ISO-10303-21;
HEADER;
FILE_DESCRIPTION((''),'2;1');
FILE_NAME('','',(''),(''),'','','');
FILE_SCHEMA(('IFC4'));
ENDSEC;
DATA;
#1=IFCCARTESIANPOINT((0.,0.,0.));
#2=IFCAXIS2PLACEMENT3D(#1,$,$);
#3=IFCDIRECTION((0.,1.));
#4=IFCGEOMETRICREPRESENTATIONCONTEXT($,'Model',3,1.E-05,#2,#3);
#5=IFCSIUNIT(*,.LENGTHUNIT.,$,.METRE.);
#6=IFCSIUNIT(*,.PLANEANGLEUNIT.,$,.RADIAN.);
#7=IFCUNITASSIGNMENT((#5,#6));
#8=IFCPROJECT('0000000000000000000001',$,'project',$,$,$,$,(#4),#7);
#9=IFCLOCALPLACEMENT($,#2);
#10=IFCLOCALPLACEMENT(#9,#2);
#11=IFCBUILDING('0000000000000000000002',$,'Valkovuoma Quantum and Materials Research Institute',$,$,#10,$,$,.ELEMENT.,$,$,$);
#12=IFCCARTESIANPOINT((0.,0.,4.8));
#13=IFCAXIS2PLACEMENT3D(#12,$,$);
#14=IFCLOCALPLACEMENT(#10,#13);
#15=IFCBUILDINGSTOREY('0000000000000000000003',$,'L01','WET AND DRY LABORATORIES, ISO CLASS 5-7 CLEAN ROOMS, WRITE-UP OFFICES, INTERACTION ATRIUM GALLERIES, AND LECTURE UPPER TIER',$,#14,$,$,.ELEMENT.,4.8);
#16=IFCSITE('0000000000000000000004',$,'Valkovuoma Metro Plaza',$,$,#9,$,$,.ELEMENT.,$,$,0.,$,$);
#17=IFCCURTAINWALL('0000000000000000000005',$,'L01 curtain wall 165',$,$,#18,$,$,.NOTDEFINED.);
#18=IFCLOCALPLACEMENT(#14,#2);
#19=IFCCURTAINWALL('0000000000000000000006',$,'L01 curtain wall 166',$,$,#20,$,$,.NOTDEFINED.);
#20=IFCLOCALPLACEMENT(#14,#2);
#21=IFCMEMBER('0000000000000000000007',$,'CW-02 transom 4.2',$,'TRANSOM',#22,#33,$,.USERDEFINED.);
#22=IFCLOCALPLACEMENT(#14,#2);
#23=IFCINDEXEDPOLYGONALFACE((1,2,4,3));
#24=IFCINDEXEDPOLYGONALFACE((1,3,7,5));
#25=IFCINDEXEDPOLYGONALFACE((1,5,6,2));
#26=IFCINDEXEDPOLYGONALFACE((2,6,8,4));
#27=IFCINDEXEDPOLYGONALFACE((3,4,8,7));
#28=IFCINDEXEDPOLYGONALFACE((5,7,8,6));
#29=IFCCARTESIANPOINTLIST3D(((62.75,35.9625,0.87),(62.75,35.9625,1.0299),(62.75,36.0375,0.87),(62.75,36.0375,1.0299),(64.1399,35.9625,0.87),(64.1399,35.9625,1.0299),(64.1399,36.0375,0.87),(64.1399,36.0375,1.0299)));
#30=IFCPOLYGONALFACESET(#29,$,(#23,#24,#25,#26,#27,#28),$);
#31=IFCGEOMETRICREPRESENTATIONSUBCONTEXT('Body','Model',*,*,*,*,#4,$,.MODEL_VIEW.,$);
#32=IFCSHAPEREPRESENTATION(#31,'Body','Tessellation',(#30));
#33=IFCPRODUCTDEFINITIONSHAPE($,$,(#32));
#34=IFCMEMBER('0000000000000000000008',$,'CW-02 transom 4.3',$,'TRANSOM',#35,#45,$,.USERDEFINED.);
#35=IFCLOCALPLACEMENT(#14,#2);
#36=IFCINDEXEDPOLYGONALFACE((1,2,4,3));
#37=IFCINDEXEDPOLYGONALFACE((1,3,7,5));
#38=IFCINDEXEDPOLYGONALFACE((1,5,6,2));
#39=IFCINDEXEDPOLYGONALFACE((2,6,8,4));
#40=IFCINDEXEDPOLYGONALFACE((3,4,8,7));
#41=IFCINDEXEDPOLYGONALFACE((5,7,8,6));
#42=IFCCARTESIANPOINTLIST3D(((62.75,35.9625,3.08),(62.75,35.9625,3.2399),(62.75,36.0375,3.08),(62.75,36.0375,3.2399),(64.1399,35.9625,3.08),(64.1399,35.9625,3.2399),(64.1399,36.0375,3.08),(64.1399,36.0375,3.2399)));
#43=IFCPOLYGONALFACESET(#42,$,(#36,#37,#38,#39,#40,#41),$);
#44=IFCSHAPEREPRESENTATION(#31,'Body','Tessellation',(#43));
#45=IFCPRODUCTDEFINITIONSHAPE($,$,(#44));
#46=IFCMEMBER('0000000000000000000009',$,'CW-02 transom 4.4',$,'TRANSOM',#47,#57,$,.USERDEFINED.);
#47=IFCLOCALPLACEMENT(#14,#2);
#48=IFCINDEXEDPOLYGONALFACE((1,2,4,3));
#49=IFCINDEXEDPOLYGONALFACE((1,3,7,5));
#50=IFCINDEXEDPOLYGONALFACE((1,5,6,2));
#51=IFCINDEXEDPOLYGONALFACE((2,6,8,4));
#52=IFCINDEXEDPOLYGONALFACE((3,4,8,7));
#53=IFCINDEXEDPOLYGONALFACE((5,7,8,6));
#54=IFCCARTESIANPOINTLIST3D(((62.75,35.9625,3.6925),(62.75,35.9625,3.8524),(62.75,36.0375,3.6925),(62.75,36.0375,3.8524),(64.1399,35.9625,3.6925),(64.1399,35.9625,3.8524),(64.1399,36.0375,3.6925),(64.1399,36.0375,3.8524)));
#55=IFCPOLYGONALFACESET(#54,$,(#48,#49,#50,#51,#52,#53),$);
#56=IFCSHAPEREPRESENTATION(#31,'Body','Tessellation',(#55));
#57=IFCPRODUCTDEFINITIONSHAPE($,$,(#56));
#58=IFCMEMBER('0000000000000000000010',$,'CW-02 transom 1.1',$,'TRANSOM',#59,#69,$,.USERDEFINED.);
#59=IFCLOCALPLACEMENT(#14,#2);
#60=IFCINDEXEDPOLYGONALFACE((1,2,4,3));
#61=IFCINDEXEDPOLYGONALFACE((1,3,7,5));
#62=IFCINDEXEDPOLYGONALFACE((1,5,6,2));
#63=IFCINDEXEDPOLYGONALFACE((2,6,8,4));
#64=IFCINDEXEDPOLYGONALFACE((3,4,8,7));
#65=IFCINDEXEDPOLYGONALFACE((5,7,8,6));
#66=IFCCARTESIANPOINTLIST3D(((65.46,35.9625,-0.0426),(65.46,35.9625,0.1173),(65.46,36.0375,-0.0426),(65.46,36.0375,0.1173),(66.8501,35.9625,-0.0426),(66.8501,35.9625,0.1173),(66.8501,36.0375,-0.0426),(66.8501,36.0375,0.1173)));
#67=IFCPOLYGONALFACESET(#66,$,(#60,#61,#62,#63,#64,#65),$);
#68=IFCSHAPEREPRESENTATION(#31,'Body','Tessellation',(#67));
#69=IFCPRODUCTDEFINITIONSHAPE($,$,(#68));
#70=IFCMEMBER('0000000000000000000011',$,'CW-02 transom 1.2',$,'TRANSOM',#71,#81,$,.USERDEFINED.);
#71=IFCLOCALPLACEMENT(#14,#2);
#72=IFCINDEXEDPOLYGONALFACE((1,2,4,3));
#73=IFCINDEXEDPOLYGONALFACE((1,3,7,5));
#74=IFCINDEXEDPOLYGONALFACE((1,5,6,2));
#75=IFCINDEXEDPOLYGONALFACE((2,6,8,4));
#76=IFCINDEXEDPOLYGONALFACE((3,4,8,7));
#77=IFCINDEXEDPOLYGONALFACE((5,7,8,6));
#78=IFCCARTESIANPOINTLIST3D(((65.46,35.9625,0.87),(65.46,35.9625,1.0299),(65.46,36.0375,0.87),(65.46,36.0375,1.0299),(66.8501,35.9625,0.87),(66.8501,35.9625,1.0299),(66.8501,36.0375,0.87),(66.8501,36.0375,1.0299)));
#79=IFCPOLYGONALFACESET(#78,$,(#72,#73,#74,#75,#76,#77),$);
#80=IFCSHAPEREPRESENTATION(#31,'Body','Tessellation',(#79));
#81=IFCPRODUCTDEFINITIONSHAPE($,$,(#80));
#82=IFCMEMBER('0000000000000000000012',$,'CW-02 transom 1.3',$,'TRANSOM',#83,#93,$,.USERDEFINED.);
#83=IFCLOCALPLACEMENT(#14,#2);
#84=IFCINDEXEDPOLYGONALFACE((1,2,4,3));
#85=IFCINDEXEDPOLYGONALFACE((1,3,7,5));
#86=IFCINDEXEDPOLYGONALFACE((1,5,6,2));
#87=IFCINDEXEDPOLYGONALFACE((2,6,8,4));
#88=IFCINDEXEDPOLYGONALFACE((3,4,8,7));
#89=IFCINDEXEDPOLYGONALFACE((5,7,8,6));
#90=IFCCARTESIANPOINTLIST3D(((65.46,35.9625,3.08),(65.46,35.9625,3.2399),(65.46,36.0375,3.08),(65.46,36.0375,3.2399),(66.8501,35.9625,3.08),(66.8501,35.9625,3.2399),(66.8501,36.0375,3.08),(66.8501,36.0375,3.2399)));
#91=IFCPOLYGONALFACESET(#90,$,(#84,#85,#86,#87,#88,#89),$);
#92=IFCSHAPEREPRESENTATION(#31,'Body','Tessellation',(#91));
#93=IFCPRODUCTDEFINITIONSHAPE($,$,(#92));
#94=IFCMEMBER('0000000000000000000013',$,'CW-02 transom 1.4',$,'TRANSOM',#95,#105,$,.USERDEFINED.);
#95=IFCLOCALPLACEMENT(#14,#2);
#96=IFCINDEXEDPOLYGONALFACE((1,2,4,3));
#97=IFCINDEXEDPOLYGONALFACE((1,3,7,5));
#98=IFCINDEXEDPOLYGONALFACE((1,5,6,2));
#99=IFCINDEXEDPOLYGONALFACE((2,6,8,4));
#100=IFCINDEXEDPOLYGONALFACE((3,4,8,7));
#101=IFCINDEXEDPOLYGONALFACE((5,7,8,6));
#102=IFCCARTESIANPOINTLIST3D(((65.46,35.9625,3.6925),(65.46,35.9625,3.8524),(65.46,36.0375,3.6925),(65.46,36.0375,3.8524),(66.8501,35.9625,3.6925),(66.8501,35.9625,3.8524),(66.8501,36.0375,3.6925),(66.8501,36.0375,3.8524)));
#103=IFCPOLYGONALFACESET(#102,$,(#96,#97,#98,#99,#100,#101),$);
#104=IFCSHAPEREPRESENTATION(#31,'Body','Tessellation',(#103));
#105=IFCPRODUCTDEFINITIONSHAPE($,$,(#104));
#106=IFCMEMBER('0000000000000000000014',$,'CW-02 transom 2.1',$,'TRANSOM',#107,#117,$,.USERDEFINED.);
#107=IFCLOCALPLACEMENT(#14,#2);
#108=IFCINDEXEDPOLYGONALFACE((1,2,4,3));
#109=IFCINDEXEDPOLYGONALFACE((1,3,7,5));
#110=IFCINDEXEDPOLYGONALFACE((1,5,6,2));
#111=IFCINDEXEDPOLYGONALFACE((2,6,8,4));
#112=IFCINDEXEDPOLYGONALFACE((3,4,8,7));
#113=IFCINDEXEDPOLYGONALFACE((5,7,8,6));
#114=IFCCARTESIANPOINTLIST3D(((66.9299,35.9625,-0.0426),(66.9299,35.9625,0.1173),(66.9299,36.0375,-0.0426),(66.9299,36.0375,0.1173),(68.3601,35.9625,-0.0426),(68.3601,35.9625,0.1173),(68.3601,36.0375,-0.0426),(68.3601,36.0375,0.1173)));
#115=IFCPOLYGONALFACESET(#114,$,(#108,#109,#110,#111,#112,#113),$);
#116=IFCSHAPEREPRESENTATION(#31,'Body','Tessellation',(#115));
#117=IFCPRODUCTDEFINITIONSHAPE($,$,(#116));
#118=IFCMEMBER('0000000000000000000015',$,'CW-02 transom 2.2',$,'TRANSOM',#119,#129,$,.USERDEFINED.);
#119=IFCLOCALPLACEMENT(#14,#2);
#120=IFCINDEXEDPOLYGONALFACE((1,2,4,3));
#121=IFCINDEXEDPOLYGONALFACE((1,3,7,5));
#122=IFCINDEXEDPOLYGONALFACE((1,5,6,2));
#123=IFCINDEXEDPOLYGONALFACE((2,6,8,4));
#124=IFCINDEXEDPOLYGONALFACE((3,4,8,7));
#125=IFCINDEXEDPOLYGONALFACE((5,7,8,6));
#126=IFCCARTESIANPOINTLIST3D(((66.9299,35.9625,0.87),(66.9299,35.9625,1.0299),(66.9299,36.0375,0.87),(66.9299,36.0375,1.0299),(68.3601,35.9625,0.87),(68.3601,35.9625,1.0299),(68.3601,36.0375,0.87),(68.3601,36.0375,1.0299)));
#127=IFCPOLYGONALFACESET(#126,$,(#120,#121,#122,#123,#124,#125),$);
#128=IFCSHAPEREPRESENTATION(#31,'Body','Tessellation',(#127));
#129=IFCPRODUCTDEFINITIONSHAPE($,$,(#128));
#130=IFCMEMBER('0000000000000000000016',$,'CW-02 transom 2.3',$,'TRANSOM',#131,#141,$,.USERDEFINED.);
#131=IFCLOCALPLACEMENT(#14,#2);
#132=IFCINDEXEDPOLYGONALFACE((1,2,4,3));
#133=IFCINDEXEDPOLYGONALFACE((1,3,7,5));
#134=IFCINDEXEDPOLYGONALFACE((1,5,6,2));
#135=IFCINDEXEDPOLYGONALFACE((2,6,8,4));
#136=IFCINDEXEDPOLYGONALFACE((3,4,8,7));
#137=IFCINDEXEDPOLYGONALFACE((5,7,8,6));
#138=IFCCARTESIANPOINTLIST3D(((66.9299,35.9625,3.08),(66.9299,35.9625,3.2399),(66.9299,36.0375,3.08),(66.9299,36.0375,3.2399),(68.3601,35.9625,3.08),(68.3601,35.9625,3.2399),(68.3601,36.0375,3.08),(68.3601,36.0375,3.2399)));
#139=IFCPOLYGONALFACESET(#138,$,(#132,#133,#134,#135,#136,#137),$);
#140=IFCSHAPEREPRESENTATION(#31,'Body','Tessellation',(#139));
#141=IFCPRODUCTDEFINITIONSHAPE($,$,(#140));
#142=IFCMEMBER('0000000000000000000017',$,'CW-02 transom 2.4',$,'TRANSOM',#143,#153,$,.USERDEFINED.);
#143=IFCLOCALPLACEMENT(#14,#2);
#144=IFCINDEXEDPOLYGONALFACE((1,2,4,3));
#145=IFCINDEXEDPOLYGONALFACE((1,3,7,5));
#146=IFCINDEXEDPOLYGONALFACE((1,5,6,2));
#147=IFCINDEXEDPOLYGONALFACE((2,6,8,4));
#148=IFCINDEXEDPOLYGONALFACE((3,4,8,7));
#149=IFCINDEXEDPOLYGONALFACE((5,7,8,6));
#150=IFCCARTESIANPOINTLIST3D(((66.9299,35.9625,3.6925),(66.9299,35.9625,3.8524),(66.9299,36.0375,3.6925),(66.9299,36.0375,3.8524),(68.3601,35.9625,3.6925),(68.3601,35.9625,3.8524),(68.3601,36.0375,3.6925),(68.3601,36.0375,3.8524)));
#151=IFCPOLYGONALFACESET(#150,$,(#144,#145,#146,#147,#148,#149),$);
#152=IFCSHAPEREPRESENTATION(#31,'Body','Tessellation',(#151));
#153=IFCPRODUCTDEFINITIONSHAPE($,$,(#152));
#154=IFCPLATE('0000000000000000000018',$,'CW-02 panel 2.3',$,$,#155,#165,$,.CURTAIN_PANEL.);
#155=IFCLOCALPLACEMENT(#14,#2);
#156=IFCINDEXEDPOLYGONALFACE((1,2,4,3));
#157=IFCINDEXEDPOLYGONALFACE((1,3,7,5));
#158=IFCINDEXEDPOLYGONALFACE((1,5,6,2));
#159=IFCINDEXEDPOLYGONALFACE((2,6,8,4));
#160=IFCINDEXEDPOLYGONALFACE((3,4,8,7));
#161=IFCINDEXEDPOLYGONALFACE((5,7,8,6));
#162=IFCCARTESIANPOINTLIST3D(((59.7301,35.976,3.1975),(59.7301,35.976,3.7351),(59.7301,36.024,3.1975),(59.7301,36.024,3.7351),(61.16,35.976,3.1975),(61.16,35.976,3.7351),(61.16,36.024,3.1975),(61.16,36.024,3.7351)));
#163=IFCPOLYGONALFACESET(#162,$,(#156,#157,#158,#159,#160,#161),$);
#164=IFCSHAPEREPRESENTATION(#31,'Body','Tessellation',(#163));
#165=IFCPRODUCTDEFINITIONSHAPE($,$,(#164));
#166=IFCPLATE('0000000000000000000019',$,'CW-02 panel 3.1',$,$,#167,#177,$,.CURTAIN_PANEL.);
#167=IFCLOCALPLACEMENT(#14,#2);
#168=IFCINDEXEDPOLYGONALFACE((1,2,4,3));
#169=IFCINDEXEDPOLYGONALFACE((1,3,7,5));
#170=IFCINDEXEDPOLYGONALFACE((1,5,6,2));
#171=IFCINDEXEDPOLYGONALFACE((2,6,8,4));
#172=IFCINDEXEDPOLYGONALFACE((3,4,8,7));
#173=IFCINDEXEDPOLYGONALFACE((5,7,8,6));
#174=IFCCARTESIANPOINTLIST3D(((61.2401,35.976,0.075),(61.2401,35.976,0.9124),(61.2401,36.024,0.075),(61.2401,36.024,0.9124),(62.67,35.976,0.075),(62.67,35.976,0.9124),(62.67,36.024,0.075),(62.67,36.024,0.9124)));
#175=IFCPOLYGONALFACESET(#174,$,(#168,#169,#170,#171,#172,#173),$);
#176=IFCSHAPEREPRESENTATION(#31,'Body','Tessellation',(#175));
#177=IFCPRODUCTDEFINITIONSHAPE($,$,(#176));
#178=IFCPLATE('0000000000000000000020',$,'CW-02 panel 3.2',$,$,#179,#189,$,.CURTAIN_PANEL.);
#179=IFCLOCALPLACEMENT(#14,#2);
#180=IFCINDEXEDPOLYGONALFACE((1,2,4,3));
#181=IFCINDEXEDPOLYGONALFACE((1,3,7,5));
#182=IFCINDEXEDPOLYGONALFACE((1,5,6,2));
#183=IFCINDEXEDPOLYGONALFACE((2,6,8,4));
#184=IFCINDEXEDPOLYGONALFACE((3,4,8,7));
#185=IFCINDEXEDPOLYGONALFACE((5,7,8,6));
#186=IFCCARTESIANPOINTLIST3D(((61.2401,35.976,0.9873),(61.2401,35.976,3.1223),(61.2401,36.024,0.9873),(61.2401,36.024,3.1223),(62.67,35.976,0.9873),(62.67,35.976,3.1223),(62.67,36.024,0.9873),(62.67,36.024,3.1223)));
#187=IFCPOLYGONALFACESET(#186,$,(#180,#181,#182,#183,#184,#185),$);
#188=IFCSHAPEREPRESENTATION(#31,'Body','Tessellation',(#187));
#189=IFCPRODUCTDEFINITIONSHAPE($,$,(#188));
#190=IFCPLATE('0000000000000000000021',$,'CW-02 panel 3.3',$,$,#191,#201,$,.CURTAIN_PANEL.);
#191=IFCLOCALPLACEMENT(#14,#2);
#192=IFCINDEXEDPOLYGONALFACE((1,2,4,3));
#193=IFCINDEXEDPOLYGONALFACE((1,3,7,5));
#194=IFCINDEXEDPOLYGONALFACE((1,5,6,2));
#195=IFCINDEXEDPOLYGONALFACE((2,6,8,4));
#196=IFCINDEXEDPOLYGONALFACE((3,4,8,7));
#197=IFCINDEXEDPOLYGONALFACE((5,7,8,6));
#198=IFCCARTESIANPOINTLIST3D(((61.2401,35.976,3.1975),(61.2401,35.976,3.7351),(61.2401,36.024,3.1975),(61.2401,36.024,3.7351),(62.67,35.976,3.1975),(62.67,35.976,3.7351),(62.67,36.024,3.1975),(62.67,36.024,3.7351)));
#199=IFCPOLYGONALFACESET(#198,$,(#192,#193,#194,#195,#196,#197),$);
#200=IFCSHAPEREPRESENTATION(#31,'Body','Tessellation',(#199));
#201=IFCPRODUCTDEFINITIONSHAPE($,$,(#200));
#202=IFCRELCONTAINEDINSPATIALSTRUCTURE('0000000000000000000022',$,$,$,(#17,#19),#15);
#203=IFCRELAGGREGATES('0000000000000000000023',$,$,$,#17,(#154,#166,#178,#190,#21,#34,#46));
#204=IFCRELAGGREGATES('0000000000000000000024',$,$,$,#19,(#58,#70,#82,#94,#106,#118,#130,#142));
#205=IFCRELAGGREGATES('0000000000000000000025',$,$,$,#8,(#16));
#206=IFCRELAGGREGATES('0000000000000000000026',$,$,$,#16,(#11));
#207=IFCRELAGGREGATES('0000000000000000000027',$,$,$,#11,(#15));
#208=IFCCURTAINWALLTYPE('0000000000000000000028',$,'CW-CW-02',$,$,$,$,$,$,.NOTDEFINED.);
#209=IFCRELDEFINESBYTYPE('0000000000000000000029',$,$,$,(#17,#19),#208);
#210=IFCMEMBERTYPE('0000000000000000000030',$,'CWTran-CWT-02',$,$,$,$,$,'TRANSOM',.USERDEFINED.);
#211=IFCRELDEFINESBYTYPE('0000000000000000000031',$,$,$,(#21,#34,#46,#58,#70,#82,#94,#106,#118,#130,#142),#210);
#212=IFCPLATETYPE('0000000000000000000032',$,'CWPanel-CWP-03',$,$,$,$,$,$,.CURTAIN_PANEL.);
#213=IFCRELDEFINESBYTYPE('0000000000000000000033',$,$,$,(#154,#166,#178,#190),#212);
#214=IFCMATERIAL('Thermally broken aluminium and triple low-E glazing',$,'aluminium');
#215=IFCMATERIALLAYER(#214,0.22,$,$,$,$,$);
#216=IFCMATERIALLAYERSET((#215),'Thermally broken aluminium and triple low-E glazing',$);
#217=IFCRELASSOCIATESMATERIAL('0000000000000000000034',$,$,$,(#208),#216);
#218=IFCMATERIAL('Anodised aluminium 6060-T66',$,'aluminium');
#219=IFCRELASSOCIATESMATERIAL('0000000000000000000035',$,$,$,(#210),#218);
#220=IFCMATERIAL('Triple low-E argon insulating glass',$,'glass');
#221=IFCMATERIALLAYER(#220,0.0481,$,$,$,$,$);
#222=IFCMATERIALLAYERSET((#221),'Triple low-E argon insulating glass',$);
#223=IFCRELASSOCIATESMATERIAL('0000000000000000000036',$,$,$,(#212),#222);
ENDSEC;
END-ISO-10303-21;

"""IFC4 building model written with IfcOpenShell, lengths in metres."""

from ifc_helpers import new_model, si_unit, direction, frame, origin, origin_2d, place, context, subcontext, project, spatial, rectangle, extrude, material, layer, layer_set, material_profile, profile_set, type_object, element, aggregate, save


model = new_model("IFC4")

# Units and contexts
model_context = context("Model", 3, precision=1e-05, world=origin(), true_north=direction((0.0, 1.0)))
body_context = subcontext(model_context, "Body", "Model", "MODEL_VIEW")
ifc_project = project(units=[si_unit("LENGTHUNIT", "METRE"), si_unit("PLANEANGLEUNIT", "RADIAN")], contexts=[model_context])

# Site, building, storey
site_placement = place(None, origin())
site = spatial("IfcSite", under=ifc_project, at=site_placement, Name="Valkovuoma Metro Plaza", CompositionType="ELEMENT", RefElevation=0.0)
building_placement = place(site_placement, origin())
building = spatial("IfcBuilding", under=site, at=building_placement, Name="Valkovuoma Quantum and Materials Research Institute", CompositionType="ELEMENT")
storey_placement = place(building_placement, frame((0.0, 0.0, 4.8)))
storey = spatial("IfcBuildingStorey", under=building, at=storey_placement, Name="L01", Description="WET AND DRY LABORATORIES, ISO CLASS 5-7 CLEAN ROOMS, WRITE-UP OFFICES, INTERACTION ATRIUM GALLERIES, AND LECTURE UPPER TIER", CompositionType="ELEMENT", Elevation=4.8)

# Curtain walls
ifc_material_1 = material(Name="Thermally broken aluminium and triple low-E glazing", Category="aluminium")
ifc_layer_1 = layer(ifc_material_1, 0.22)
ifc_layer_set_1 = layer_set([ifc_layer_1], Name="Thermally broken aluminium and triple low-E glazing")
curtain_wall_type = type_object("IfcCurtainWallType", Name="CW-CW-02", PredefinedType="NOTDEFINED", material=ifc_layer_set_1)
curtain_wall_1_placement = place(storey_placement, origin())
curtain_wall_1 = element("IfcCurtainWall", 1, at=curtain_wall_1_placement, inside=storey, type_object=curtain_wall_type, Name="L01 curtain wall 165", PredefinedType="NOTDEFINED")
curtain_wall_2_placement = place(storey_placement, origin())
curtain_wall_2 = element("IfcCurtainWall", 2, at=curtain_wall_2_placement, inside=storey, type_object=curtain_wall_type, Name="L01 curtain wall 166", PredefinedType="NOTDEFINED")

# Members
ifc_material_2 = material(Name="Anodised aluminium 6060-T66", Category="aluminium")
ifc_material_profile_1 = material_profile(ifc_material_2, rectangle(XDim=0.075, YDim=0.1599, at=origin_2d()), Name="Anodised aluminium 6060-T66")
ifc_profile_set_1 = profile_set([ifc_material_profile_1], Name="Anodised aluminium 6060-T66")
member_type_1 = type_object("IfcMemberType", Name="CWTran-CWT-02", ElementType="TRANSOM", PredefinedType="USERDEFINED", material=ifc_profile_set_1)
member_1_placement = place(storey_placement, frame((62.75, 36.0, 0.95), z_axis=(1.0, 0.0, 0.0), x_axis=(0.0, 1.0, 0.0)))
member_1 = element("IfcMember", 3, at=member_1_placement, type_object=member_type_1, Name="CW-02 transom 4.2", ObjectType="TRANSOM", PredefinedType="USERDEFINED", context=body_context, shape_type="SweptSolid", body=[
    extrude(rectangle(XDim=0.075, YDim=0.1599, at=origin_2d()), origin(), (0.0, 0.0, 1.0), 1.3899),
])
member_2_placement = place(storey_placement, frame((62.75, 36.0, 3.1599), z_axis=(1.0, 0.0, 0.0), x_axis=(0.0, 1.0, 0.0)))
member_2 = element("IfcMember", 4, at=member_2_placement, type_object=member_type_1, Name="CW-02 transom 4.3", ObjectType="TRANSOM", PredefinedType="USERDEFINED", context=body_context, shape_type="SweptSolid", body=[
    extrude(rectangle(XDim=0.075, YDim=0.1599, at=origin_2d()), origin(), (0.0, 0.0, 1.0), 1.3899),
])
member_3_placement = place(storey_placement, frame((62.75, 36.0, 3.7725), z_axis=(1.0, 0.0, 0.0), x_axis=(0.0, 1.0, 0.0)))
member_3 = element("IfcMember", 5, at=member_3_placement, type_object=member_type_1, Name="CW-02 transom 4.4", ObjectType="TRANSOM", PredefinedType="USERDEFINED", context=body_context, shape_type="SweptSolid", body=[
    extrude(rectangle(XDim=0.075, YDim=0.1599, at=origin_2d()), origin(), (0.0, 0.0, 1.0), 1.3899),
])
member_4_placement = place(storey_placement, frame((65.46, 36.0, 0.0374), z_axis=(1.0, 0.0, 0.0), x_axis=(0.0, 1.0, 0.0)))
member_4 = element("IfcMember", 6, at=member_4_placement, type_object=member_type_1, Name="CW-02 transom 1.1", ObjectType="TRANSOM", PredefinedType="USERDEFINED", context=body_context, shape_type="SweptSolid", body=[
    extrude(rectangle(XDim=0.075, YDim=0.1599, at=origin_2d()), origin(), (0.0, 0.0, 1.0), 1.3901),
])
member_5_placement = place(storey_placement, frame((65.46, 36.0, 0.95), z_axis=(1.0, 0.0, 0.0), x_axis=(0.0, 1.0, 0.0)))
member_5 = element("IfcMember", 7, at=member_5_placement, type_object=member_type_1, Name="CW-02 transom 1.2", ObjectType="TRANSOM", PredefinedType="USERDEFINED", context=body_context, shape_type="SweptSolid", body=[
    extrude(rectangle(XDim=0.075, YDim=0.1599, at=origin_2d()), origin(), (0.0, 0.0, 1.0), 1.3901),
])
member_6_placement = place(storey_placement, frame((65.46, 36.0, 3.1599), z_axis=(1.0, 0.0, 0.0), x_axis=(0.0, 1.0, 0.0)))
member_6 = element("IfcMember", 8, at=member_6_placement, type_object=member_type_1, Name="CW-02 transom 1.3", ObjectType="TRANSOM", PredefinedType="USERDEFINED", context=body_context, shape_type="SweptSolid", body=[
    extrude(rectangle(XDim=0.075, YDim=0.1599, at=origin_2d()), origin(), (0.0, 0.0, 1.0), 1.3901),
])
member_7_placement = place(storey_placement, frame((65.46, 36.0, 3.7725), z_axis=(1.0, 0.0, 0.0), x_axis=(0.0, 1.0, 0.0)))
member_7 = element("IfcMember", 9, at=member_7_placement, type_object=member_type_1, Name="CW-02 transom 1.4", ObjectType="TRANSOM", PredefinedType="USERDEFINED", context=body_context, shape_type="SweptSolid", body=[
    extrude(rectangle(XDim=0.075, YDim=0.1599, at=origin_2d()), origin(), (0.0, 0.0, 1.0), 1.3901),
])
member_8_placement = place(storey_placement, frame((66.9299, 36.0, 0.0374), z_axis=(1.0, 0.0, 0.0), x_axis=(0.0, 1.0, 0.0)))
member_8 = element("IfcMember", 10, at=member_8_placement, type_object=member_type_1, Name="CW-02 transom 2.1", ObjectType="TRANSOM", PredefinedType="USERDEFINED", context=body_context, shape_type="SweptSolid", body=[
    extrude(rectangle(XDim=0.075, YDim=0.1599, at=origin_2d()), origin(), (0.0, 0.0, 1.0), 1.4302),
])
member_9_placement = place(storey_placement, frame((66.9299, 36.0, 0.95), z_axis=(1.0, 0.0, 0.0), x_axis=(0.0, 1.0, 0.0)))
member_9 = element("IfcMember", 11, at=member_9_placement, type_object=member_type_1, Name="CW-02 transom 2.2", ObjectType="TRANSOM", PredefinedType="USERDEFINED", context=body_context, shape_type="SweptSolid", body=[
    extrude(rectangle(XDim=0.075, YDim=0.1599, at=origin_2d()), origin(), (0.0, 0.0, 1.0), 1.4302),
])
member_10_placement = place(storey_placement, frame((66.9299, 36.0, 3.1599), z_axis=(1.0, 0.0, 0.0), x_axis=(0.0, 1.0, 0.0)))
member_10 = element("IfcMember", 12, at=member_10_placement, type_object=member_type_1, Name="CW-02 transom 2.3", ObjectType="TRANSOM", PredefinedType="USERDEFINED", context=body_context, shape_type="SweptSolid", body=[
    extrude(rectangle(XDim=0.075, YDim=0.1599, at=origin_2d()), origin(), (0.0, 0.0, 1.0), 1.4302),
])
member_11_placement = place(storey_placement, frame((66.9299, 36.0, 3.7725), z_axis=(1.0, 0.0, 0.0), x_axis=(0.0, 1.0, 0.0)))
member_11 = element("IfcMember", 13, at=member_11_placement, type_object=member_type_1, Name="CW-02 transom 2.4", ObjectType="TRANSOM", PredefinedType="USERDEFINED", context=body_context, shape_type="SweptSolid", body=[
    extrude(rectangle(XDim=0.075, YDim=0.1599, at=origin_2d()), origin(), (0.0, 0.0, 1.0), 1.4302),
])

# Plates
ifc_material_3 = material(Name="Triple low-E argon insulating glass", Category="glass")
ifc_layer_2 = layer(ifc_material_3, 0.0481)
ifc_layer_set_2 = layer_set([ifc_layer_2], Name="Triple low-E argon insulating glass")
plate_type = type_object("IfcPlateType", Name="CWPanel-CWP-03", PredefinedType="CURTAIN_PANEL", material=ifc_layer_set_2)
plate_1_placement = place(storey_placement, frame((60.4451, 36.0, 3.1975), z_axis=(0.0, 0.0, 1.0), x_axis=(1.0, 0.0, 0.0)))
plate_1 = element("IfcPlate", 14, at=plate_1_placement, type_object=plate_type, Name="CW-02 panel 2.3", PredefinedType="CURTAIN_PANEL", context=body_context, shape_type="SweptSolid", body=[
    extrude(rectangle(XDim=1.4299, YDim=0.0481, at=origin_2d()), origin(), (0.0, 0.0, 1.0), 0.5376),
])
plate_2_placement = place(storey_placement, frame((61.9551, 36.0, 0.075), z_axis=(0.0, 0.0, 1.0), x_axis=(1.0, 0.0, 0.0)))
plate_2 = element("IfcPlate", 15, at=plate_2_placement, type_object=plate_type, Name="CW-02 panel 3.1", PredefinedType="CURTAIN_PANEL", context=body_context, shape_type="SweptSolid", body=[
    extrude(rectangle(XDim=1.4299, YDim=0.0481, at=origin_2d()), origin(), (0.0, 0.0, 1.0), 0.8374),
])
plate_3_placement = place(storey_placement, frame((61.9551, 36.0, 0.9873), z_axis=(0.0, 0.0, 1.0), x_axis=(1.0, 0.0, 0.0)))
plate_3 = element("IfcPlate", 16, at=plate_3_placement, type_object=plate_type, Name="CW-02 panel 3.2", PredefinedType="CURTAIN_PANEL", context=body_context, shape_type="SweptSolid", body=[
    extrude(rectangle(XDim=1.4299, YDim=0.0481, at=origin_2d()), origin(), (0.0, 0.0, 1.0), 2.135),
])
plate_4_placement = place(storey_placement, frame((61.9551, 36.0, 3.1975), z_axis=(0.0, 0.0, 1.0), x_axis=(1.0, 0.0, 0.0)))
plate_4 = element("IfcPlate", 17, at=plate_4_placement, type_object=plate_type, Name="CW-02 panel 3.3", PredefinedType="CURTAIN_PANEL", context=body_context, shape_type="SweptSolid", body=[
    extrude(rectangle(XDim=1.4299, YDim=0.0481, at=origin_2d()), origin(), (0.0, 0.0, 1.0), 0.5376),
])
aggregate(curtain_wall_1, [plate_1, plate_2, plate_3, plate_4, member_1, member_2, member_3])
aggregate(curtain_wall_2, [member_4, member_5, member_6, member_7, member_8, member_9, member_10, member_11])

save(model, "model.ifc")
